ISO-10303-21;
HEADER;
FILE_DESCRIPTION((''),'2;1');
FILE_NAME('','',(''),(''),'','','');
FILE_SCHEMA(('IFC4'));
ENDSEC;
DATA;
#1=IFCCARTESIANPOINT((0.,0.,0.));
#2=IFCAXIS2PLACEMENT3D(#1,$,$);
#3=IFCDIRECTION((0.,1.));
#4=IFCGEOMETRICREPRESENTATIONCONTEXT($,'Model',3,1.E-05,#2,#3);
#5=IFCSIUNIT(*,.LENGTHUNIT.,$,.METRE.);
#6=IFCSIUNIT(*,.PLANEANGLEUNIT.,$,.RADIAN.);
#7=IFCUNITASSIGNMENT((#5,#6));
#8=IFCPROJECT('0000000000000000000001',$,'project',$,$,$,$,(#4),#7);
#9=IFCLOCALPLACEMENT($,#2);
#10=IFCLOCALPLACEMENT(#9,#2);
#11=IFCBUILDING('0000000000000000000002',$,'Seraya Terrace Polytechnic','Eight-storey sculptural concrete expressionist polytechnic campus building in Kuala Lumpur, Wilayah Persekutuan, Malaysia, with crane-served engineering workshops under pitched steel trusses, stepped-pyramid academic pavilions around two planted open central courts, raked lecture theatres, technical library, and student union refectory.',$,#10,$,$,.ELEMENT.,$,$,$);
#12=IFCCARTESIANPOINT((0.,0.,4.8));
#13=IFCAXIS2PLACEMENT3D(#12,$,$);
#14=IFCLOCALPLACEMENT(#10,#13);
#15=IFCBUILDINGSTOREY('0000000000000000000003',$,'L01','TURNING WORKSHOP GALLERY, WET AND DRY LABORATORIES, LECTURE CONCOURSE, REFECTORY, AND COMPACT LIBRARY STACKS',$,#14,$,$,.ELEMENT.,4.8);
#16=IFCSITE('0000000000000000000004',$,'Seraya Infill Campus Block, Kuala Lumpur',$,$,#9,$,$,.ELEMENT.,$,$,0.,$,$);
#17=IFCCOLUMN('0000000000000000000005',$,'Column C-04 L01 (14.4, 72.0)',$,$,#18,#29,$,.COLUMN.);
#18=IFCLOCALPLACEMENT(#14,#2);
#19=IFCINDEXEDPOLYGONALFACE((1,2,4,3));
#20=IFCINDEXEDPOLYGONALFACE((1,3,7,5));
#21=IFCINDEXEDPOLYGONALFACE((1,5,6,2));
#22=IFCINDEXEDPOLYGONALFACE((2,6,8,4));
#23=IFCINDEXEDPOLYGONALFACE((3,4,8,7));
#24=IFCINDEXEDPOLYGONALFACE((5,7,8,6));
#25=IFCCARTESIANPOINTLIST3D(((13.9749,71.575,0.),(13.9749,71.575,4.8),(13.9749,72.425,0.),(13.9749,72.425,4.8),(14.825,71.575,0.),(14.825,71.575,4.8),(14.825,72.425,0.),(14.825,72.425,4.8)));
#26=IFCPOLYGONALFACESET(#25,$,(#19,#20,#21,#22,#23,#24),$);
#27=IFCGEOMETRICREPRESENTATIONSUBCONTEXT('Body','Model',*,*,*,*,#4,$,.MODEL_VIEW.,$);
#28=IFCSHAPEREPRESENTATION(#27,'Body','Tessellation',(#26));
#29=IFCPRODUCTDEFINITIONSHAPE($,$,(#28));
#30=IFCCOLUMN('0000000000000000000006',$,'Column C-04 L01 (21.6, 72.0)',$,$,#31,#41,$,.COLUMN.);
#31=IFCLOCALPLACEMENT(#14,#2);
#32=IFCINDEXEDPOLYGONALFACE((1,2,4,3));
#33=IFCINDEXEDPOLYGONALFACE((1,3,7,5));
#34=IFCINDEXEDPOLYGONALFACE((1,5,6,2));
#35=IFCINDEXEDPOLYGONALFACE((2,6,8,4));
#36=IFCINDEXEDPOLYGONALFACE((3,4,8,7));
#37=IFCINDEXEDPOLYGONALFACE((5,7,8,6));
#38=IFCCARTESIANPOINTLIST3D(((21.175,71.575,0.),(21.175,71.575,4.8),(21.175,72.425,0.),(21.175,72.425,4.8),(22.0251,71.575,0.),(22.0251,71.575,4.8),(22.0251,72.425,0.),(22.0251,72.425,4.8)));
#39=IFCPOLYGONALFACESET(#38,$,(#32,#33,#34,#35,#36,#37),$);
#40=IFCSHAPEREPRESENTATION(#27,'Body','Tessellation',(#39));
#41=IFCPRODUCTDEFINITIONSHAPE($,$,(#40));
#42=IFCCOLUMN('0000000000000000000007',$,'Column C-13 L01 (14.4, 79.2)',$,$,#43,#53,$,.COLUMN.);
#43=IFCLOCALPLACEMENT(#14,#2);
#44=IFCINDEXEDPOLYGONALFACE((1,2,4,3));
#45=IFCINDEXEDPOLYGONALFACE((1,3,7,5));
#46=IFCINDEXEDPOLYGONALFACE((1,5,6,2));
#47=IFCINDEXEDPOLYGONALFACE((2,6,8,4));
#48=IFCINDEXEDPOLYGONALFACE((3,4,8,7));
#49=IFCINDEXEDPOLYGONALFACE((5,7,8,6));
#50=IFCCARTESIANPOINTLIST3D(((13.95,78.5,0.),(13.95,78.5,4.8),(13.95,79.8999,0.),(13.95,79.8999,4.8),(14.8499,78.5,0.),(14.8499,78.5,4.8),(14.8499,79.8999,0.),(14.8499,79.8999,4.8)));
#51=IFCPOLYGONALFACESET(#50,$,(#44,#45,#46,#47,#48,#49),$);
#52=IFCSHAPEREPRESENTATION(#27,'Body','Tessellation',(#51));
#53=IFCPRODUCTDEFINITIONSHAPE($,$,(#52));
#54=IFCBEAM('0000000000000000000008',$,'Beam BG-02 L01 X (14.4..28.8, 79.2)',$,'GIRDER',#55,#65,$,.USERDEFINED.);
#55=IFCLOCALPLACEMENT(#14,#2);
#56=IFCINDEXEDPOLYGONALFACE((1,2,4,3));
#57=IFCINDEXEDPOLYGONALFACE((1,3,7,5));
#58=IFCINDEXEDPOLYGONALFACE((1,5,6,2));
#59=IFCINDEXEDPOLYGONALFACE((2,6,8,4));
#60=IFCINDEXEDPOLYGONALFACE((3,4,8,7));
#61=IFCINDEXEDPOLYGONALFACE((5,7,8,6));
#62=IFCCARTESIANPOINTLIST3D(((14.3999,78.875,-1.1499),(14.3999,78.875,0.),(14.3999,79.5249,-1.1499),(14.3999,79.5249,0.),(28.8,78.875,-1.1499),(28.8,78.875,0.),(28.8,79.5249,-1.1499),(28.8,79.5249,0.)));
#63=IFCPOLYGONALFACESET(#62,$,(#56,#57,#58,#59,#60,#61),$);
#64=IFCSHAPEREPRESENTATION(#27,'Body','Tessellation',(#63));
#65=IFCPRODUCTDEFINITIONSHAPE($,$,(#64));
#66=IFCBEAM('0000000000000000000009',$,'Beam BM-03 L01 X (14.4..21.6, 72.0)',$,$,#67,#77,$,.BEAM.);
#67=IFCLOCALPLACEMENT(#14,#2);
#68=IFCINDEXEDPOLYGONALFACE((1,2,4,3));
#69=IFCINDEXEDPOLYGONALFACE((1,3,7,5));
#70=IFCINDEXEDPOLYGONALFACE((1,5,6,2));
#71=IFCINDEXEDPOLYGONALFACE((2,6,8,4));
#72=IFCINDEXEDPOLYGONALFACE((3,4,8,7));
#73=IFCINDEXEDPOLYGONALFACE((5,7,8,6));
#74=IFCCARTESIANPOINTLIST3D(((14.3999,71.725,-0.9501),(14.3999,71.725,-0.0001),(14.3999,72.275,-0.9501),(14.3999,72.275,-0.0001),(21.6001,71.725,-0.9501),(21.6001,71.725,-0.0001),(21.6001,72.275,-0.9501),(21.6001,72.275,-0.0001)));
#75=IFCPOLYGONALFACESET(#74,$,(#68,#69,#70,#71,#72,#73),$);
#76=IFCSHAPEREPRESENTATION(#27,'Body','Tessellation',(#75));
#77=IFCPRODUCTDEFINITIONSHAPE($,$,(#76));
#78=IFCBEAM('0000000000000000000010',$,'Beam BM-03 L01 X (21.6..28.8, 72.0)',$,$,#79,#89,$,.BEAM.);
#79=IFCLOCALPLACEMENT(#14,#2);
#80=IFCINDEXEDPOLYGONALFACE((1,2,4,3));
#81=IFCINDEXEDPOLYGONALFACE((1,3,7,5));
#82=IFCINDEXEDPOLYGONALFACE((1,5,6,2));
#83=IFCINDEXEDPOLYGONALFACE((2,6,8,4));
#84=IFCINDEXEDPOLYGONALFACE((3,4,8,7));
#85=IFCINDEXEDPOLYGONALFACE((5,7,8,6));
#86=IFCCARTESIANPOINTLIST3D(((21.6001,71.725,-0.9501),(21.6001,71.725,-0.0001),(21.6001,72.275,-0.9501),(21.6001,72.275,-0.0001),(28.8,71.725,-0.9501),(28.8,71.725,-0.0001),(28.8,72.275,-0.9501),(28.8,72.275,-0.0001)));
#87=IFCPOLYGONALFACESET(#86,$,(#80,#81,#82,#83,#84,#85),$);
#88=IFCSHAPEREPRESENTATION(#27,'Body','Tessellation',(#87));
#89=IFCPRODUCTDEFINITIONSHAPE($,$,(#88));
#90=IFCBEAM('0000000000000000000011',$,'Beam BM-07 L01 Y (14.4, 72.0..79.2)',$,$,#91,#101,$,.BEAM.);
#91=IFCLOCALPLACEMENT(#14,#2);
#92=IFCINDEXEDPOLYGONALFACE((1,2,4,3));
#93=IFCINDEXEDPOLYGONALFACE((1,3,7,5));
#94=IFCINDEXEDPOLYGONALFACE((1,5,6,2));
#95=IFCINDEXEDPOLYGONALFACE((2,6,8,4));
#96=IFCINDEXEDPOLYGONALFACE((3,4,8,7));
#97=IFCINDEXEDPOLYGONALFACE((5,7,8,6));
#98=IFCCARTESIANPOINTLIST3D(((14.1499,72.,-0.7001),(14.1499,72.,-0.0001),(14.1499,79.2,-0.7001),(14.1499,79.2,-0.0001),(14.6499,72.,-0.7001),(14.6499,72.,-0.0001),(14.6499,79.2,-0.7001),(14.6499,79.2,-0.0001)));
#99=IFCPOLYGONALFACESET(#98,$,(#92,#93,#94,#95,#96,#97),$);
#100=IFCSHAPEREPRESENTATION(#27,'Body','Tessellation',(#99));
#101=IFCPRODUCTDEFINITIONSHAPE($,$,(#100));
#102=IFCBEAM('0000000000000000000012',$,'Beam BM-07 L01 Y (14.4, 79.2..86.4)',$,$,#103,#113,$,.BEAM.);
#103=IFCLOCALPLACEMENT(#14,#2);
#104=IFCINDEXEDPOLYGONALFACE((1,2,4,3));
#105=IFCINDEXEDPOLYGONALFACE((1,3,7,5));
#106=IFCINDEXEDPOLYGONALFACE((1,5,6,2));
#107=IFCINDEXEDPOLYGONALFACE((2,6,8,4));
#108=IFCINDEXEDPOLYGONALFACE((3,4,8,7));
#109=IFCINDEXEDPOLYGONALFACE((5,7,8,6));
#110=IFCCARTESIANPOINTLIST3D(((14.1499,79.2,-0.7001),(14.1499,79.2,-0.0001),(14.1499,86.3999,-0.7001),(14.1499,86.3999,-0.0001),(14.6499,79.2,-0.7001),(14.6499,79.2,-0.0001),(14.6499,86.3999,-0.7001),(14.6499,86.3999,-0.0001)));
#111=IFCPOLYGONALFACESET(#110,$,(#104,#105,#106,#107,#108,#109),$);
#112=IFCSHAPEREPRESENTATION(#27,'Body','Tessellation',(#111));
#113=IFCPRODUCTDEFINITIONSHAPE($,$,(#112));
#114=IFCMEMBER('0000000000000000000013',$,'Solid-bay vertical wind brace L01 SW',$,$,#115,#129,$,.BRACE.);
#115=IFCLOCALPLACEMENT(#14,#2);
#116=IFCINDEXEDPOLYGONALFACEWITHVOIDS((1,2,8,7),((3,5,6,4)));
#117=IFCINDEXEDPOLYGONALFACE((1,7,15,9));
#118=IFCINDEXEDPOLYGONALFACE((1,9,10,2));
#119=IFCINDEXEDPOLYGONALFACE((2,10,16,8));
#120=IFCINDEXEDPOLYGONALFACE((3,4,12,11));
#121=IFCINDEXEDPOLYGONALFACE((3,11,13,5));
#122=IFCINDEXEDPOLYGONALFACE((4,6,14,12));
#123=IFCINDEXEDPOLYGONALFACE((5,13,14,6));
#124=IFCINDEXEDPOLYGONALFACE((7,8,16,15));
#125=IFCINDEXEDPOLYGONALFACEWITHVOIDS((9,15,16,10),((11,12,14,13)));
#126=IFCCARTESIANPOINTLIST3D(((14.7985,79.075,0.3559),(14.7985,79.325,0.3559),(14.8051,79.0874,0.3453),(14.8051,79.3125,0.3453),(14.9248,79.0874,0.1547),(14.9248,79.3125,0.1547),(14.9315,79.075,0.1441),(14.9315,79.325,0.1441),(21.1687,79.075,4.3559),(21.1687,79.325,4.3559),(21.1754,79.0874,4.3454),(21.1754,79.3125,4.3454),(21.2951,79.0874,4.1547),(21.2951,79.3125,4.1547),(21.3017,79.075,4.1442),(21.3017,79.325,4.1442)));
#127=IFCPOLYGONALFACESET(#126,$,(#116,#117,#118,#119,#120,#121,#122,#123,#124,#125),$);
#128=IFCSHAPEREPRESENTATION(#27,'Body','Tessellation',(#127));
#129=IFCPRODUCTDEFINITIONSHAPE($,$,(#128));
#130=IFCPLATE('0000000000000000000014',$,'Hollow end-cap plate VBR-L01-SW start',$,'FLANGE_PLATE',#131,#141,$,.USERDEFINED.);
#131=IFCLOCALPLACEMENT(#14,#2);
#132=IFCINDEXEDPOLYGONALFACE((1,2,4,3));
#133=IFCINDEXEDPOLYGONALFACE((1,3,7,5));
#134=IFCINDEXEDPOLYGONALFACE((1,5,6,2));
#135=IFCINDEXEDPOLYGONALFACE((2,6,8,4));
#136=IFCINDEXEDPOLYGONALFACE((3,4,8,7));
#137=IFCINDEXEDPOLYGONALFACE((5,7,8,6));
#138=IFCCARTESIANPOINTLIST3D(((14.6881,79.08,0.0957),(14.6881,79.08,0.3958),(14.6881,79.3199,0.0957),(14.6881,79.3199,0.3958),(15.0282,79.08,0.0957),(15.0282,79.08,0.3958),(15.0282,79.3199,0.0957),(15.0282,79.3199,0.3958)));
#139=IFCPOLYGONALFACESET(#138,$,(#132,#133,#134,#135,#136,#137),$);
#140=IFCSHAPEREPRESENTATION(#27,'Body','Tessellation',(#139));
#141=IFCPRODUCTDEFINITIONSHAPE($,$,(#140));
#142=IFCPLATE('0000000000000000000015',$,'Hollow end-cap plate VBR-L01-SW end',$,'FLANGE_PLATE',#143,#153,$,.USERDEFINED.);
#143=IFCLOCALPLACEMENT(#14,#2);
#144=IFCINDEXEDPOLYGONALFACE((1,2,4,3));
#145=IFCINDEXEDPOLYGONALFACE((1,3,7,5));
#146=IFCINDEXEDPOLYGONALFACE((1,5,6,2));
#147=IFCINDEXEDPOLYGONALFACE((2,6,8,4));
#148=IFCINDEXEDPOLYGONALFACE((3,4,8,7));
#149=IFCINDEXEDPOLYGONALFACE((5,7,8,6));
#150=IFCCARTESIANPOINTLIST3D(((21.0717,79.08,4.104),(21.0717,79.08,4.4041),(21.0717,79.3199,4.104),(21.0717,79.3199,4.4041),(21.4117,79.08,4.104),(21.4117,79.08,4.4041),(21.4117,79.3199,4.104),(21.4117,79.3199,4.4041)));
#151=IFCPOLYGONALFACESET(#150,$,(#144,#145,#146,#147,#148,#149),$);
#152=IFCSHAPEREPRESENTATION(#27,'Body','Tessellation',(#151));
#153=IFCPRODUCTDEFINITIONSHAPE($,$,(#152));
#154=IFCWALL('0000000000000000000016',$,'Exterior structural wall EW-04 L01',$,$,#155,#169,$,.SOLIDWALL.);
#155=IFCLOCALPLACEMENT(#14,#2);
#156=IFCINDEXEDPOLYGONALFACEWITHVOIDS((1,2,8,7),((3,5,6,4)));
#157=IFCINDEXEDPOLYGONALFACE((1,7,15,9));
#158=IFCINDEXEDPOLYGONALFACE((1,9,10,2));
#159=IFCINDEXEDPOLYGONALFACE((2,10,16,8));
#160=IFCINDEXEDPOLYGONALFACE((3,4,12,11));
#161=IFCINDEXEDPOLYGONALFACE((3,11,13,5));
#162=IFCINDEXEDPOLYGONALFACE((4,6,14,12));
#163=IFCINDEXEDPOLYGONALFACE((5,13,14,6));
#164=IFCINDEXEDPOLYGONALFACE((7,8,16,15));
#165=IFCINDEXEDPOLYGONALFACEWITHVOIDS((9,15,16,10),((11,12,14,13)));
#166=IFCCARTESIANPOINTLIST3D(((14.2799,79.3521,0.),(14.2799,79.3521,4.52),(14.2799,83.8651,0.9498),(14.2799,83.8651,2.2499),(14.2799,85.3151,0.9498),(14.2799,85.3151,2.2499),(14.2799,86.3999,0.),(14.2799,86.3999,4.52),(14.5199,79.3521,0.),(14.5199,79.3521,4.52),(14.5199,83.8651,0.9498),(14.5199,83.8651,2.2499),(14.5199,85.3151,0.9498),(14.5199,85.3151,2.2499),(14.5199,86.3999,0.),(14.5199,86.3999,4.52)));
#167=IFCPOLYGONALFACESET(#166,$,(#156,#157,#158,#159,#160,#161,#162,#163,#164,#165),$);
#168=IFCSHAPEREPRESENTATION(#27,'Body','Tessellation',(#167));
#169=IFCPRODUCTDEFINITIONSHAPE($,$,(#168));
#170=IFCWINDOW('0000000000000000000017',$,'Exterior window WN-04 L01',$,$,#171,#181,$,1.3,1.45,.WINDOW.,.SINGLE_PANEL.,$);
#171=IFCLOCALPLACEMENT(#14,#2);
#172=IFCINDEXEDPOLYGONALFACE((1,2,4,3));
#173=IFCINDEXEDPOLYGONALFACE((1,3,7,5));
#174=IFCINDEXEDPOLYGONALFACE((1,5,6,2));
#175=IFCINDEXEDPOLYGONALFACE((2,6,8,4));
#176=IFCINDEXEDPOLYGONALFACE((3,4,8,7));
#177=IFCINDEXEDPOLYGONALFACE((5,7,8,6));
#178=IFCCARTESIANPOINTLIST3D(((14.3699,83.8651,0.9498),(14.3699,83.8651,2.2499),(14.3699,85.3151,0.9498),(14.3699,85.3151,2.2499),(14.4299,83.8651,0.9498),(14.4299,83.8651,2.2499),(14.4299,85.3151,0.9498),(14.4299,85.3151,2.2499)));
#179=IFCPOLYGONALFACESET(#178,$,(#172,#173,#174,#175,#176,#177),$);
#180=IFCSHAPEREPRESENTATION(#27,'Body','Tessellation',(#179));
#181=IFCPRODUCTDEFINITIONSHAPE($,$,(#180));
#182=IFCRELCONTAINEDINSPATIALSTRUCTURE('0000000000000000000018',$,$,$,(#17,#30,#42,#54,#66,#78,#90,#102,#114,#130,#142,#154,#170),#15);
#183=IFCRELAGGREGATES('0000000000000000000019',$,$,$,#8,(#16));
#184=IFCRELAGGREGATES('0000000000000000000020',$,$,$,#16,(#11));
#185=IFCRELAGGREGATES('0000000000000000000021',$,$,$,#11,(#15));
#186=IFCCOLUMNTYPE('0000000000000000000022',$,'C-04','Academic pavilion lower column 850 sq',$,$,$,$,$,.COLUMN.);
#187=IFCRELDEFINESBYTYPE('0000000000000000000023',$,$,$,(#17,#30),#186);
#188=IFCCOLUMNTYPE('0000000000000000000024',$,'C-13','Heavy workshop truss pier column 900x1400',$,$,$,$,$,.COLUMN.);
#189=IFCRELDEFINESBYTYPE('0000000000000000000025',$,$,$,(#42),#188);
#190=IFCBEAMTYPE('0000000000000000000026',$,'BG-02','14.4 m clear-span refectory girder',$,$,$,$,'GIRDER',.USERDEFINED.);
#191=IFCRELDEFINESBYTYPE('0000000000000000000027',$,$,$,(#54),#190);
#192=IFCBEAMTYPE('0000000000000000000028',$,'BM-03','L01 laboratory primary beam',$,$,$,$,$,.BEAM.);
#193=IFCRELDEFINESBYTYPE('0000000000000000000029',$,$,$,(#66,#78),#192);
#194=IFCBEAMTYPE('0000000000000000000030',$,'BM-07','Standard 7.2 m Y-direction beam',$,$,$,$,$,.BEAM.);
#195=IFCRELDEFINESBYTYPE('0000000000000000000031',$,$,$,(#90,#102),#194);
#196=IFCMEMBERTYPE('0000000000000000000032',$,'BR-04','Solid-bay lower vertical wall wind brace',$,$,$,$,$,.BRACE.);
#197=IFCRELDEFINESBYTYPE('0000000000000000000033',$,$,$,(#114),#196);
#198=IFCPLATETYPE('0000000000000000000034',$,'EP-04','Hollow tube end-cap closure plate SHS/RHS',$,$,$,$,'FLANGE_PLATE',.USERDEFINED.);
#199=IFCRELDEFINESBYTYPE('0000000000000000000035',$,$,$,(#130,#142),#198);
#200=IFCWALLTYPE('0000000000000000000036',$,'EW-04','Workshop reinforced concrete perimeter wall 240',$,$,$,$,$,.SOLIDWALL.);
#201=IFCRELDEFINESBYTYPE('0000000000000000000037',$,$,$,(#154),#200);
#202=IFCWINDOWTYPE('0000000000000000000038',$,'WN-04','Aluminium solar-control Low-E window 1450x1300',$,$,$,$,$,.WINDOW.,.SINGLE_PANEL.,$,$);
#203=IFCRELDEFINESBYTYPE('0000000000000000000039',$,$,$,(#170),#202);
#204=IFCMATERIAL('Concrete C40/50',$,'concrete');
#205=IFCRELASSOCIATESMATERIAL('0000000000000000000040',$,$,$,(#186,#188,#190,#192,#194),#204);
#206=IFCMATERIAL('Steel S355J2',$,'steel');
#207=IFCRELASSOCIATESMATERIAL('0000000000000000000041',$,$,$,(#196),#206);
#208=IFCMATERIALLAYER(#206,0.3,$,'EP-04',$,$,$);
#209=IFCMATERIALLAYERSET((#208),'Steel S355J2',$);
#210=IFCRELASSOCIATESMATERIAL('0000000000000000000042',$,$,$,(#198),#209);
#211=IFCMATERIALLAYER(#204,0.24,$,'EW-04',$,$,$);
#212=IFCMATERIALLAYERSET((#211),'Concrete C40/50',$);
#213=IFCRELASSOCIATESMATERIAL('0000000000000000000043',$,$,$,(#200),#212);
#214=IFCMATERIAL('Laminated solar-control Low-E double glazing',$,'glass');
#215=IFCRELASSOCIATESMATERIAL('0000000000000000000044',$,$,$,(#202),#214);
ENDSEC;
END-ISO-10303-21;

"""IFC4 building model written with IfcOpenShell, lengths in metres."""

from ifc_helpers import new_model, si_unit, direction, frame, frame_2d, origin, origin_2d, place, context, subcontext, project, spatial, rectangle, hollow_rectangle, extrude, material, layer, layer_set, material_profile, profile_set, type_object, element, fill, save


model = new_model("IFC4")

# Units and contexts
model_context = context("Model", 3, precision=1e-05, world=origin(), true_north=direction((0.0, 1.0)))
body_context = subcontext(model_context, "Body", "Model", "MODEL_VIEW")
ifc_project = project(units=[si_unit("LENGTHUNIT", "METRE"), si_unit("PLANEANGLEUNIT", "RADIAN")], contexts=[model_context])

# Site, building, storey
site_placement = place(None, origin())
site = spatial("IfcSite", under=ifc_project, at=site_placement, Name="Seraya Infill Campus Block, Kuala Lumpur", CompositionType="ELEMENT", RefElevation=0.0)
building_placement = place(site_placement, origin())
building = spatial("IfcBuilding", under=site, at=building_placement, Name="Seraya Terrace Polytechnic", Description="Eight-storey sculptural concrete expressionist polytechnic campus building in Kuala Lumpur, Wilayah Persekutuan, Malaysia, with crane-served engineering workshops under pitched steel trusses, stepped-pyramid academic pavilions around two planted open central courts, raked lecture theatres, technical library, and student union refectory.", CompositionType="ELEMENT")
storey_placement = place(building_placement, frame((0.0, 0.0, 4.8)))
storey = spatial("IfcBuildingStorey", under=building, at=storey_placement, Name="L01", Description="TURNING WORKSHOP GALLERY, WET AND DRY LABORATORIES, LECTURE CONCOURSE, REFECTORY, AND COMPACT LIBRARY STACKS", CompositionType="ELEMENT", Elevation=4.8)

# Columns
ifc_material_1 = material(Name="Concrete C40/50", Category="concrete")
ifc_material_profile_1 = material_profile(ifc_material_1, rectangle(XDim=0.8501, YDim=0.8501, at=origin_2d()), Name="RC 850x850")
ifc_profile_set_1 = profile_set([ifc_material_profile_1], Name="Concrete C40/50")
column_type_1 = type_object("IfcColumnType", Name="C-04", Description="Academic pavilion lower column 850 sq", PredefinedType="COLUMN", material=ifc_profile_set_1)
for number, where, z_axis, x_axis, name in (
    (1, (14.3999, 72.0, 0.0), (0.0, 0.0, 1.0), (1.0, 0.0, 0.0), "Column C-04 L01 (14.4, 72.0)"),
    (2, (21.6001, 72.0, 0.0), (0.0, 0.0, 1.0), (1.0, 0.0, 0.0), "Column C-04 L01 (21.6, 72.0)"),
):
    element("IfcColumn", number, at=place(storey_placement, frame(where, z_axis=z_axis, x_axis=x_axis)), inside=storey, type_object=column_type_1, Name=name, PredefinedType="COLUMN", context=body_context, shape_type="SweptSolid", body=[
        extrude(rectangle(XDim=0.8501, YDim=0.8501, at=origin_2d()), origin(), (0.0, 0.0, 1.0), 4.8),
    ])
ifc_material_profile_2 = material_profile(ifc_material_1, rectangle(XDim=0.8999, YDim=1.3999, at=origin_2d()), Name="RC 900x1400")
ifc_profile_set_2 = profile_set([ifc_material_profile_2], Name="Concrete C40/50")
column_type_2 = type_object("IfcColumnType", Name="C-13", Description="Heavy workshop truss pier column 900x1400", PredefinedType="COLUMN", material=ifc_profile_set_2)
column_placement = place(storey_placement, frame((14.3999, 79.2, 0.0), z_axis=(0.0, 0.0, 1.0), x_axis=(1.0, 0.0, 0.0)))
element("IfcColumn", 3, at=column_placement, inside=storey, type_object=column_type_2, Name="Column C-13 L01 (14.4, 79.2)", PredefinedType="COLUMN", context=body_context, shape_type="SweptSolid", body=[
    extrude(rectangle(XDim=0.8999, YDim=1.3999, at=origin_2d()), origin(), (0.0, 0.0, 1.0), 4.8),
])

# Beams
ifc_material_profile_3 = material_profile(ifc_material_1, rectangle(XDim=0.6499, YDim=1.1499, at=origin_2d()), Name="RC 650x1150")
ifc_profile_set_3 = profile_set([ifc_material_profile_3], Name="Concrete C40/50")
beam_type_1 = type_object("IfcBeamType", Name="BG-02", Description="14.4 m clear-span refectory girder", ElementType="GIRDER", PredefinedType="USERDEFINED", material=ifc_profile_set_3)
beam_1_placement = place(storey_placement, frame((14.3999, 79.2, -0.575), z_axis=(1.0, 0.0, 0.0), x_axis=(0.0, 1.0, 0.0)))
element("IfcBeam", 4, at=beam_1_placement, inside=storey, type_object=beam_type_1, Name="Beam BG-02 L01 X (14.4..28.8, 79.2)", ObjectType="GIRDER", PredefinedType="USERDEFINED", context=body_context, shape_type="SweptSolid", body=[
    extrude(rectangle(XDim=0.6499, YDim=1.1499, at=origin_2d()), origin(), (0.0, 0.0, 1.0), 14.4001),
])
ifc_material_profile_4 = material_profile(ifc_material_1, rectangle(XDim=0.55, YDim=0.95, at=origin_2d()), Name="RC 550x950")
ifc_profile_set_4 = profile_set([ifc_material_profile_4], Name="Concrete C40/50")
beam_type_2 = type_object("IfcBeamType", Name="BM-03", Description="L01 laboratory primary beam", PredefinedType="BEAM", material=ifc_profile_set_4)
beam_2_placement = place(storey_placement, frame((14.3999, 72.0, -0.4751), z_axis=(1.0, 0.0, 0.0), x_axis=(0.0, 1.0, 0.0)))
element("IfcBeam", 5, at=beam_2_placement, inside=storey, type_object=beam_type_2, Name="Beam BM-03 L01 X (14.4..21.6, 72.0)", PredefinedType="BEAM", context=body_context, shape_type="SweptSolid", body=[
    extrude(rectangle(XDim=0.55, YDim=0.95, at=origin_2d()), origin(), (0.0, 0.0, 1.0), 7.2002),
])
beam_3_placement = place(storey_placement, frame((21.6001, 72.0, -0.4751), z_axis=(1.0, 0.0, 0.0), x_axis=(0.0, 1.0, 0.0)))
element("IfcBeam", 6, at=beam_3_placement, inside=storey, type_object=beam_type_2, Name="Beam BM-03 L01 X (21.6..28.8, 72.0)", PredefinedType="BEAM", context=body_context, shape_type="SweptSolid", body=[
    extrude(rectangle(XDim=0.55, YDim=0.95, at=origin_2d()), origin(), (0.0, 0.0, 1.0), 7.2),
])
ifc_material_profile_5 = material_profile(ifc_material_1, rectangle(XDim=0.5, YDim=0.7, at=origin_2d()), Name="RC 500x700")
ifc_profile_set_5 = profile_set([ifc_material_profile_5], Name="Concrete C40/50")
beam_type_3 = type_object("IfcBeamType", Name="BM-07", Description="Standard 7.2 m Y-direction beam", PredefinedType="BEAM", material=ifc_profile_set_5)
for number, where, z_axis, x_axis, name in (
    (7, (14.3999, 72.0, -0.3501), (0.0, 1.0, 0.0), (-1.0, 0.0, 0.0), "Beam BM-07 L01 Y (14.4, 72.0..79.2)"),
    (8, (14.3999, 79.2, -0.3501), (0.0, 1.0, 0.0), (-1.0, 0.0, 0.0), "Beam BM-07 L01 Y (14.4, 79.2..86.4)"),
):
    element("IfcBeam", number, at=place(storey_placement, frame(where, z_axis=z_axis, x_axis=x_axis)), inside=storey, type_object=beam_type_3, Name=name, PredefinedType="BEAM", context=body_context, shape_type="SweptSolid", body=[
        extrude(rectangle(XDim=0.5, YDim=0.7, at=origin_2d()), origin(), (0.0, 0.0, 1.0), 7.2),
    ])

# Member
ifc_material_2 = material(Name="Steel S355J2", Category="steel")
ifc_material_profile_6 = material_profile(ifc_material_2, hollow_rectangle(XDim=0.25, YDim=0.25, WallThickness=0.0125, at=origin_2d()), Name="SHS 250x250x12.5")
ifc_profile_set_6 = profile_set([ifc_material_profile_6], Name="Steel S355J2")
member_type = type_object("IfcMemberType", Name="BR-04", Description="Solid-bay lower vertical wall wind brace", PredefinedType="BRACE", material=ifc_profile_set_6)
member_placement = place(storey_placement, frame((14.865, 79.2, 0.25), z_axis=(0.84688, 0.0, 0.531783), x_axis=(0.0, 1.0, 0.0)))
element("IfcMember", 9, at=member_placement, inside=storey, type_object=member_type, Name="Solid-bay vertical wind brace L01 SW", PredefinedType="BRACE", context=body_context, shape_type="SweptSolid", body=[
    extrude(hollow_rectangle(XDim=0.25, YDim=0.25, WallThickness=0.0125, at=origin_2d()), origin(), (0.0, 0.0, 1.0), 7.522),
])

# Plates
ifc_layer_1 = layer(ifc_material_2, 0.3, Name="EP-04")
ifc_layer_set_1 = layer_set([ifc_layer_1], Name="Steel S355J2")
plate_type = type_object("IfcPlateType", Name="EP-04", Description="Hollow tube end-cap closure plate SHS/RHS", ElementType="FLANGE_PLATE", PredefinedType="USERDEFINED", material=ifc_layer_set_1)
for number, where, z_axis, x_axis, name in (
    (10, (14.8582, 79.2, 0.0957), (0.0, 0.0, 1.0), (1.0, 0.0, 0.0), "Hollow end-cap plate VBR-L01-SW start"),
    (11, (21.2417, 79.2, 4.104), (0.0, 0.0, 1.0), (1.0, 0.0, 0.0), "Hollow end-cap plate VBR-L01-SW end"),
):
    element("IfcPlate", number, at=place(storey_placement, frame(where, z_axis=z_axis, x_axis=x_axis)), inside=storey, type_object=plate_type, Name=name, ObjectType="FLANGE_PLATE", PredefinedType="USERDEFINED", context=body_context, shape_type="SweptSolid", body=[
        extrude(rectangle(XDim=0.3401, YDim=0.24, at=origin_2d()), origin(), (0.0, 0.0, 1.0), 0.3),
    ])

# Wall, opening, window
ifc_layer_2 = layer(ifc_material_1, 0.24, Name="EW-04")
ifc_layer_set_2 = layer_set([ifc_layer_2], Name="Concrete C40/50")
wall_type_1 = type_object("IfcWallType", Name="EW-04", Description="Workshop reinforced concrete perimeter wall 240", PredefinedType="SOLIDWALL", material=ifc_layer_set_2)
wall_1_placement = place(storey_placement, frame((14.3999, 79.3521, 0.0), z_axis=(0.0, 0.0, 1.0), x_axis=(0.0, 1.0, 0.0)))
wall_1 = element("IfcWall", 12, at=wall_1_placement, inside=storey, type_object=wall_type_1, Name="Exterior structural wall EW-04 L01", PredefinedType="SOLIDWALL", context=body_context, shape_type="SweptSolid", body=[
    extrude(rectangle(XDim=7.0479, YDim=0.24, at=frame_2d((3.5239, 0.0))), origin(), (0.0, 0.0, 1.0), 4.52),
])
opening_1_placement = place(wall_1_placement, frame((4.5129, 0.0, 0.95)))
opening_1 = element("IfcOpeningElement", 13, at=opening_1_placement, cuts=wall_1, PredefinedType="OPENING", context=body_context, shape_type="SweptSolid", body=[
    extrude(rectangle(XDim=1.45, YDim=1.3, at=frame_2d((0.7251, 0.6499))), frame((0.0, 0.1318, 0.0), z_axis=(0.0, -1.0, 0.0), x_axis=(1.0, 0.0, 0.0)), (0.0, 0.0, 1.0), 0.2639),
])
ifc_material_3 = material(Name="Laminated solar-control Low-E double glazing", Category="glass")
window_type = type_object("IfcWindowType", Name="WN-04", Description="Aluminium solar-control Low-E window 1450x1300", PartitioningType="SINGLE_PANEL", PredefinedType="WINDOW", material=ifc_material_3)
window_placement = place(opening_1_placement, origin())
window = element("IfcWindow", 14, at=window_placement, inside=storey, type_object=window_type, Name="Exterior window WN-04 L01", OverallHeight=1.3, OverallWidth=1.45, PartitioningType="SINGLE_PANEL", PredefinedType="WINDOW", context=body_context, shape_type="SweptSolid", body=[
    extrude(rectangle(XDim=1.45, YDim=1.3, at=frame_2d((0.7251, 0.6499))), frame((0.0, 0.03, 0.0), z_axis=(0.0, -1.0, 0.0), x_axis=(1.0, 0.0, 0.0)), (0.0, 0.0, 1.0), 0.0601),
])
fill(opening_1, window)

save(model, "model.ifc")
